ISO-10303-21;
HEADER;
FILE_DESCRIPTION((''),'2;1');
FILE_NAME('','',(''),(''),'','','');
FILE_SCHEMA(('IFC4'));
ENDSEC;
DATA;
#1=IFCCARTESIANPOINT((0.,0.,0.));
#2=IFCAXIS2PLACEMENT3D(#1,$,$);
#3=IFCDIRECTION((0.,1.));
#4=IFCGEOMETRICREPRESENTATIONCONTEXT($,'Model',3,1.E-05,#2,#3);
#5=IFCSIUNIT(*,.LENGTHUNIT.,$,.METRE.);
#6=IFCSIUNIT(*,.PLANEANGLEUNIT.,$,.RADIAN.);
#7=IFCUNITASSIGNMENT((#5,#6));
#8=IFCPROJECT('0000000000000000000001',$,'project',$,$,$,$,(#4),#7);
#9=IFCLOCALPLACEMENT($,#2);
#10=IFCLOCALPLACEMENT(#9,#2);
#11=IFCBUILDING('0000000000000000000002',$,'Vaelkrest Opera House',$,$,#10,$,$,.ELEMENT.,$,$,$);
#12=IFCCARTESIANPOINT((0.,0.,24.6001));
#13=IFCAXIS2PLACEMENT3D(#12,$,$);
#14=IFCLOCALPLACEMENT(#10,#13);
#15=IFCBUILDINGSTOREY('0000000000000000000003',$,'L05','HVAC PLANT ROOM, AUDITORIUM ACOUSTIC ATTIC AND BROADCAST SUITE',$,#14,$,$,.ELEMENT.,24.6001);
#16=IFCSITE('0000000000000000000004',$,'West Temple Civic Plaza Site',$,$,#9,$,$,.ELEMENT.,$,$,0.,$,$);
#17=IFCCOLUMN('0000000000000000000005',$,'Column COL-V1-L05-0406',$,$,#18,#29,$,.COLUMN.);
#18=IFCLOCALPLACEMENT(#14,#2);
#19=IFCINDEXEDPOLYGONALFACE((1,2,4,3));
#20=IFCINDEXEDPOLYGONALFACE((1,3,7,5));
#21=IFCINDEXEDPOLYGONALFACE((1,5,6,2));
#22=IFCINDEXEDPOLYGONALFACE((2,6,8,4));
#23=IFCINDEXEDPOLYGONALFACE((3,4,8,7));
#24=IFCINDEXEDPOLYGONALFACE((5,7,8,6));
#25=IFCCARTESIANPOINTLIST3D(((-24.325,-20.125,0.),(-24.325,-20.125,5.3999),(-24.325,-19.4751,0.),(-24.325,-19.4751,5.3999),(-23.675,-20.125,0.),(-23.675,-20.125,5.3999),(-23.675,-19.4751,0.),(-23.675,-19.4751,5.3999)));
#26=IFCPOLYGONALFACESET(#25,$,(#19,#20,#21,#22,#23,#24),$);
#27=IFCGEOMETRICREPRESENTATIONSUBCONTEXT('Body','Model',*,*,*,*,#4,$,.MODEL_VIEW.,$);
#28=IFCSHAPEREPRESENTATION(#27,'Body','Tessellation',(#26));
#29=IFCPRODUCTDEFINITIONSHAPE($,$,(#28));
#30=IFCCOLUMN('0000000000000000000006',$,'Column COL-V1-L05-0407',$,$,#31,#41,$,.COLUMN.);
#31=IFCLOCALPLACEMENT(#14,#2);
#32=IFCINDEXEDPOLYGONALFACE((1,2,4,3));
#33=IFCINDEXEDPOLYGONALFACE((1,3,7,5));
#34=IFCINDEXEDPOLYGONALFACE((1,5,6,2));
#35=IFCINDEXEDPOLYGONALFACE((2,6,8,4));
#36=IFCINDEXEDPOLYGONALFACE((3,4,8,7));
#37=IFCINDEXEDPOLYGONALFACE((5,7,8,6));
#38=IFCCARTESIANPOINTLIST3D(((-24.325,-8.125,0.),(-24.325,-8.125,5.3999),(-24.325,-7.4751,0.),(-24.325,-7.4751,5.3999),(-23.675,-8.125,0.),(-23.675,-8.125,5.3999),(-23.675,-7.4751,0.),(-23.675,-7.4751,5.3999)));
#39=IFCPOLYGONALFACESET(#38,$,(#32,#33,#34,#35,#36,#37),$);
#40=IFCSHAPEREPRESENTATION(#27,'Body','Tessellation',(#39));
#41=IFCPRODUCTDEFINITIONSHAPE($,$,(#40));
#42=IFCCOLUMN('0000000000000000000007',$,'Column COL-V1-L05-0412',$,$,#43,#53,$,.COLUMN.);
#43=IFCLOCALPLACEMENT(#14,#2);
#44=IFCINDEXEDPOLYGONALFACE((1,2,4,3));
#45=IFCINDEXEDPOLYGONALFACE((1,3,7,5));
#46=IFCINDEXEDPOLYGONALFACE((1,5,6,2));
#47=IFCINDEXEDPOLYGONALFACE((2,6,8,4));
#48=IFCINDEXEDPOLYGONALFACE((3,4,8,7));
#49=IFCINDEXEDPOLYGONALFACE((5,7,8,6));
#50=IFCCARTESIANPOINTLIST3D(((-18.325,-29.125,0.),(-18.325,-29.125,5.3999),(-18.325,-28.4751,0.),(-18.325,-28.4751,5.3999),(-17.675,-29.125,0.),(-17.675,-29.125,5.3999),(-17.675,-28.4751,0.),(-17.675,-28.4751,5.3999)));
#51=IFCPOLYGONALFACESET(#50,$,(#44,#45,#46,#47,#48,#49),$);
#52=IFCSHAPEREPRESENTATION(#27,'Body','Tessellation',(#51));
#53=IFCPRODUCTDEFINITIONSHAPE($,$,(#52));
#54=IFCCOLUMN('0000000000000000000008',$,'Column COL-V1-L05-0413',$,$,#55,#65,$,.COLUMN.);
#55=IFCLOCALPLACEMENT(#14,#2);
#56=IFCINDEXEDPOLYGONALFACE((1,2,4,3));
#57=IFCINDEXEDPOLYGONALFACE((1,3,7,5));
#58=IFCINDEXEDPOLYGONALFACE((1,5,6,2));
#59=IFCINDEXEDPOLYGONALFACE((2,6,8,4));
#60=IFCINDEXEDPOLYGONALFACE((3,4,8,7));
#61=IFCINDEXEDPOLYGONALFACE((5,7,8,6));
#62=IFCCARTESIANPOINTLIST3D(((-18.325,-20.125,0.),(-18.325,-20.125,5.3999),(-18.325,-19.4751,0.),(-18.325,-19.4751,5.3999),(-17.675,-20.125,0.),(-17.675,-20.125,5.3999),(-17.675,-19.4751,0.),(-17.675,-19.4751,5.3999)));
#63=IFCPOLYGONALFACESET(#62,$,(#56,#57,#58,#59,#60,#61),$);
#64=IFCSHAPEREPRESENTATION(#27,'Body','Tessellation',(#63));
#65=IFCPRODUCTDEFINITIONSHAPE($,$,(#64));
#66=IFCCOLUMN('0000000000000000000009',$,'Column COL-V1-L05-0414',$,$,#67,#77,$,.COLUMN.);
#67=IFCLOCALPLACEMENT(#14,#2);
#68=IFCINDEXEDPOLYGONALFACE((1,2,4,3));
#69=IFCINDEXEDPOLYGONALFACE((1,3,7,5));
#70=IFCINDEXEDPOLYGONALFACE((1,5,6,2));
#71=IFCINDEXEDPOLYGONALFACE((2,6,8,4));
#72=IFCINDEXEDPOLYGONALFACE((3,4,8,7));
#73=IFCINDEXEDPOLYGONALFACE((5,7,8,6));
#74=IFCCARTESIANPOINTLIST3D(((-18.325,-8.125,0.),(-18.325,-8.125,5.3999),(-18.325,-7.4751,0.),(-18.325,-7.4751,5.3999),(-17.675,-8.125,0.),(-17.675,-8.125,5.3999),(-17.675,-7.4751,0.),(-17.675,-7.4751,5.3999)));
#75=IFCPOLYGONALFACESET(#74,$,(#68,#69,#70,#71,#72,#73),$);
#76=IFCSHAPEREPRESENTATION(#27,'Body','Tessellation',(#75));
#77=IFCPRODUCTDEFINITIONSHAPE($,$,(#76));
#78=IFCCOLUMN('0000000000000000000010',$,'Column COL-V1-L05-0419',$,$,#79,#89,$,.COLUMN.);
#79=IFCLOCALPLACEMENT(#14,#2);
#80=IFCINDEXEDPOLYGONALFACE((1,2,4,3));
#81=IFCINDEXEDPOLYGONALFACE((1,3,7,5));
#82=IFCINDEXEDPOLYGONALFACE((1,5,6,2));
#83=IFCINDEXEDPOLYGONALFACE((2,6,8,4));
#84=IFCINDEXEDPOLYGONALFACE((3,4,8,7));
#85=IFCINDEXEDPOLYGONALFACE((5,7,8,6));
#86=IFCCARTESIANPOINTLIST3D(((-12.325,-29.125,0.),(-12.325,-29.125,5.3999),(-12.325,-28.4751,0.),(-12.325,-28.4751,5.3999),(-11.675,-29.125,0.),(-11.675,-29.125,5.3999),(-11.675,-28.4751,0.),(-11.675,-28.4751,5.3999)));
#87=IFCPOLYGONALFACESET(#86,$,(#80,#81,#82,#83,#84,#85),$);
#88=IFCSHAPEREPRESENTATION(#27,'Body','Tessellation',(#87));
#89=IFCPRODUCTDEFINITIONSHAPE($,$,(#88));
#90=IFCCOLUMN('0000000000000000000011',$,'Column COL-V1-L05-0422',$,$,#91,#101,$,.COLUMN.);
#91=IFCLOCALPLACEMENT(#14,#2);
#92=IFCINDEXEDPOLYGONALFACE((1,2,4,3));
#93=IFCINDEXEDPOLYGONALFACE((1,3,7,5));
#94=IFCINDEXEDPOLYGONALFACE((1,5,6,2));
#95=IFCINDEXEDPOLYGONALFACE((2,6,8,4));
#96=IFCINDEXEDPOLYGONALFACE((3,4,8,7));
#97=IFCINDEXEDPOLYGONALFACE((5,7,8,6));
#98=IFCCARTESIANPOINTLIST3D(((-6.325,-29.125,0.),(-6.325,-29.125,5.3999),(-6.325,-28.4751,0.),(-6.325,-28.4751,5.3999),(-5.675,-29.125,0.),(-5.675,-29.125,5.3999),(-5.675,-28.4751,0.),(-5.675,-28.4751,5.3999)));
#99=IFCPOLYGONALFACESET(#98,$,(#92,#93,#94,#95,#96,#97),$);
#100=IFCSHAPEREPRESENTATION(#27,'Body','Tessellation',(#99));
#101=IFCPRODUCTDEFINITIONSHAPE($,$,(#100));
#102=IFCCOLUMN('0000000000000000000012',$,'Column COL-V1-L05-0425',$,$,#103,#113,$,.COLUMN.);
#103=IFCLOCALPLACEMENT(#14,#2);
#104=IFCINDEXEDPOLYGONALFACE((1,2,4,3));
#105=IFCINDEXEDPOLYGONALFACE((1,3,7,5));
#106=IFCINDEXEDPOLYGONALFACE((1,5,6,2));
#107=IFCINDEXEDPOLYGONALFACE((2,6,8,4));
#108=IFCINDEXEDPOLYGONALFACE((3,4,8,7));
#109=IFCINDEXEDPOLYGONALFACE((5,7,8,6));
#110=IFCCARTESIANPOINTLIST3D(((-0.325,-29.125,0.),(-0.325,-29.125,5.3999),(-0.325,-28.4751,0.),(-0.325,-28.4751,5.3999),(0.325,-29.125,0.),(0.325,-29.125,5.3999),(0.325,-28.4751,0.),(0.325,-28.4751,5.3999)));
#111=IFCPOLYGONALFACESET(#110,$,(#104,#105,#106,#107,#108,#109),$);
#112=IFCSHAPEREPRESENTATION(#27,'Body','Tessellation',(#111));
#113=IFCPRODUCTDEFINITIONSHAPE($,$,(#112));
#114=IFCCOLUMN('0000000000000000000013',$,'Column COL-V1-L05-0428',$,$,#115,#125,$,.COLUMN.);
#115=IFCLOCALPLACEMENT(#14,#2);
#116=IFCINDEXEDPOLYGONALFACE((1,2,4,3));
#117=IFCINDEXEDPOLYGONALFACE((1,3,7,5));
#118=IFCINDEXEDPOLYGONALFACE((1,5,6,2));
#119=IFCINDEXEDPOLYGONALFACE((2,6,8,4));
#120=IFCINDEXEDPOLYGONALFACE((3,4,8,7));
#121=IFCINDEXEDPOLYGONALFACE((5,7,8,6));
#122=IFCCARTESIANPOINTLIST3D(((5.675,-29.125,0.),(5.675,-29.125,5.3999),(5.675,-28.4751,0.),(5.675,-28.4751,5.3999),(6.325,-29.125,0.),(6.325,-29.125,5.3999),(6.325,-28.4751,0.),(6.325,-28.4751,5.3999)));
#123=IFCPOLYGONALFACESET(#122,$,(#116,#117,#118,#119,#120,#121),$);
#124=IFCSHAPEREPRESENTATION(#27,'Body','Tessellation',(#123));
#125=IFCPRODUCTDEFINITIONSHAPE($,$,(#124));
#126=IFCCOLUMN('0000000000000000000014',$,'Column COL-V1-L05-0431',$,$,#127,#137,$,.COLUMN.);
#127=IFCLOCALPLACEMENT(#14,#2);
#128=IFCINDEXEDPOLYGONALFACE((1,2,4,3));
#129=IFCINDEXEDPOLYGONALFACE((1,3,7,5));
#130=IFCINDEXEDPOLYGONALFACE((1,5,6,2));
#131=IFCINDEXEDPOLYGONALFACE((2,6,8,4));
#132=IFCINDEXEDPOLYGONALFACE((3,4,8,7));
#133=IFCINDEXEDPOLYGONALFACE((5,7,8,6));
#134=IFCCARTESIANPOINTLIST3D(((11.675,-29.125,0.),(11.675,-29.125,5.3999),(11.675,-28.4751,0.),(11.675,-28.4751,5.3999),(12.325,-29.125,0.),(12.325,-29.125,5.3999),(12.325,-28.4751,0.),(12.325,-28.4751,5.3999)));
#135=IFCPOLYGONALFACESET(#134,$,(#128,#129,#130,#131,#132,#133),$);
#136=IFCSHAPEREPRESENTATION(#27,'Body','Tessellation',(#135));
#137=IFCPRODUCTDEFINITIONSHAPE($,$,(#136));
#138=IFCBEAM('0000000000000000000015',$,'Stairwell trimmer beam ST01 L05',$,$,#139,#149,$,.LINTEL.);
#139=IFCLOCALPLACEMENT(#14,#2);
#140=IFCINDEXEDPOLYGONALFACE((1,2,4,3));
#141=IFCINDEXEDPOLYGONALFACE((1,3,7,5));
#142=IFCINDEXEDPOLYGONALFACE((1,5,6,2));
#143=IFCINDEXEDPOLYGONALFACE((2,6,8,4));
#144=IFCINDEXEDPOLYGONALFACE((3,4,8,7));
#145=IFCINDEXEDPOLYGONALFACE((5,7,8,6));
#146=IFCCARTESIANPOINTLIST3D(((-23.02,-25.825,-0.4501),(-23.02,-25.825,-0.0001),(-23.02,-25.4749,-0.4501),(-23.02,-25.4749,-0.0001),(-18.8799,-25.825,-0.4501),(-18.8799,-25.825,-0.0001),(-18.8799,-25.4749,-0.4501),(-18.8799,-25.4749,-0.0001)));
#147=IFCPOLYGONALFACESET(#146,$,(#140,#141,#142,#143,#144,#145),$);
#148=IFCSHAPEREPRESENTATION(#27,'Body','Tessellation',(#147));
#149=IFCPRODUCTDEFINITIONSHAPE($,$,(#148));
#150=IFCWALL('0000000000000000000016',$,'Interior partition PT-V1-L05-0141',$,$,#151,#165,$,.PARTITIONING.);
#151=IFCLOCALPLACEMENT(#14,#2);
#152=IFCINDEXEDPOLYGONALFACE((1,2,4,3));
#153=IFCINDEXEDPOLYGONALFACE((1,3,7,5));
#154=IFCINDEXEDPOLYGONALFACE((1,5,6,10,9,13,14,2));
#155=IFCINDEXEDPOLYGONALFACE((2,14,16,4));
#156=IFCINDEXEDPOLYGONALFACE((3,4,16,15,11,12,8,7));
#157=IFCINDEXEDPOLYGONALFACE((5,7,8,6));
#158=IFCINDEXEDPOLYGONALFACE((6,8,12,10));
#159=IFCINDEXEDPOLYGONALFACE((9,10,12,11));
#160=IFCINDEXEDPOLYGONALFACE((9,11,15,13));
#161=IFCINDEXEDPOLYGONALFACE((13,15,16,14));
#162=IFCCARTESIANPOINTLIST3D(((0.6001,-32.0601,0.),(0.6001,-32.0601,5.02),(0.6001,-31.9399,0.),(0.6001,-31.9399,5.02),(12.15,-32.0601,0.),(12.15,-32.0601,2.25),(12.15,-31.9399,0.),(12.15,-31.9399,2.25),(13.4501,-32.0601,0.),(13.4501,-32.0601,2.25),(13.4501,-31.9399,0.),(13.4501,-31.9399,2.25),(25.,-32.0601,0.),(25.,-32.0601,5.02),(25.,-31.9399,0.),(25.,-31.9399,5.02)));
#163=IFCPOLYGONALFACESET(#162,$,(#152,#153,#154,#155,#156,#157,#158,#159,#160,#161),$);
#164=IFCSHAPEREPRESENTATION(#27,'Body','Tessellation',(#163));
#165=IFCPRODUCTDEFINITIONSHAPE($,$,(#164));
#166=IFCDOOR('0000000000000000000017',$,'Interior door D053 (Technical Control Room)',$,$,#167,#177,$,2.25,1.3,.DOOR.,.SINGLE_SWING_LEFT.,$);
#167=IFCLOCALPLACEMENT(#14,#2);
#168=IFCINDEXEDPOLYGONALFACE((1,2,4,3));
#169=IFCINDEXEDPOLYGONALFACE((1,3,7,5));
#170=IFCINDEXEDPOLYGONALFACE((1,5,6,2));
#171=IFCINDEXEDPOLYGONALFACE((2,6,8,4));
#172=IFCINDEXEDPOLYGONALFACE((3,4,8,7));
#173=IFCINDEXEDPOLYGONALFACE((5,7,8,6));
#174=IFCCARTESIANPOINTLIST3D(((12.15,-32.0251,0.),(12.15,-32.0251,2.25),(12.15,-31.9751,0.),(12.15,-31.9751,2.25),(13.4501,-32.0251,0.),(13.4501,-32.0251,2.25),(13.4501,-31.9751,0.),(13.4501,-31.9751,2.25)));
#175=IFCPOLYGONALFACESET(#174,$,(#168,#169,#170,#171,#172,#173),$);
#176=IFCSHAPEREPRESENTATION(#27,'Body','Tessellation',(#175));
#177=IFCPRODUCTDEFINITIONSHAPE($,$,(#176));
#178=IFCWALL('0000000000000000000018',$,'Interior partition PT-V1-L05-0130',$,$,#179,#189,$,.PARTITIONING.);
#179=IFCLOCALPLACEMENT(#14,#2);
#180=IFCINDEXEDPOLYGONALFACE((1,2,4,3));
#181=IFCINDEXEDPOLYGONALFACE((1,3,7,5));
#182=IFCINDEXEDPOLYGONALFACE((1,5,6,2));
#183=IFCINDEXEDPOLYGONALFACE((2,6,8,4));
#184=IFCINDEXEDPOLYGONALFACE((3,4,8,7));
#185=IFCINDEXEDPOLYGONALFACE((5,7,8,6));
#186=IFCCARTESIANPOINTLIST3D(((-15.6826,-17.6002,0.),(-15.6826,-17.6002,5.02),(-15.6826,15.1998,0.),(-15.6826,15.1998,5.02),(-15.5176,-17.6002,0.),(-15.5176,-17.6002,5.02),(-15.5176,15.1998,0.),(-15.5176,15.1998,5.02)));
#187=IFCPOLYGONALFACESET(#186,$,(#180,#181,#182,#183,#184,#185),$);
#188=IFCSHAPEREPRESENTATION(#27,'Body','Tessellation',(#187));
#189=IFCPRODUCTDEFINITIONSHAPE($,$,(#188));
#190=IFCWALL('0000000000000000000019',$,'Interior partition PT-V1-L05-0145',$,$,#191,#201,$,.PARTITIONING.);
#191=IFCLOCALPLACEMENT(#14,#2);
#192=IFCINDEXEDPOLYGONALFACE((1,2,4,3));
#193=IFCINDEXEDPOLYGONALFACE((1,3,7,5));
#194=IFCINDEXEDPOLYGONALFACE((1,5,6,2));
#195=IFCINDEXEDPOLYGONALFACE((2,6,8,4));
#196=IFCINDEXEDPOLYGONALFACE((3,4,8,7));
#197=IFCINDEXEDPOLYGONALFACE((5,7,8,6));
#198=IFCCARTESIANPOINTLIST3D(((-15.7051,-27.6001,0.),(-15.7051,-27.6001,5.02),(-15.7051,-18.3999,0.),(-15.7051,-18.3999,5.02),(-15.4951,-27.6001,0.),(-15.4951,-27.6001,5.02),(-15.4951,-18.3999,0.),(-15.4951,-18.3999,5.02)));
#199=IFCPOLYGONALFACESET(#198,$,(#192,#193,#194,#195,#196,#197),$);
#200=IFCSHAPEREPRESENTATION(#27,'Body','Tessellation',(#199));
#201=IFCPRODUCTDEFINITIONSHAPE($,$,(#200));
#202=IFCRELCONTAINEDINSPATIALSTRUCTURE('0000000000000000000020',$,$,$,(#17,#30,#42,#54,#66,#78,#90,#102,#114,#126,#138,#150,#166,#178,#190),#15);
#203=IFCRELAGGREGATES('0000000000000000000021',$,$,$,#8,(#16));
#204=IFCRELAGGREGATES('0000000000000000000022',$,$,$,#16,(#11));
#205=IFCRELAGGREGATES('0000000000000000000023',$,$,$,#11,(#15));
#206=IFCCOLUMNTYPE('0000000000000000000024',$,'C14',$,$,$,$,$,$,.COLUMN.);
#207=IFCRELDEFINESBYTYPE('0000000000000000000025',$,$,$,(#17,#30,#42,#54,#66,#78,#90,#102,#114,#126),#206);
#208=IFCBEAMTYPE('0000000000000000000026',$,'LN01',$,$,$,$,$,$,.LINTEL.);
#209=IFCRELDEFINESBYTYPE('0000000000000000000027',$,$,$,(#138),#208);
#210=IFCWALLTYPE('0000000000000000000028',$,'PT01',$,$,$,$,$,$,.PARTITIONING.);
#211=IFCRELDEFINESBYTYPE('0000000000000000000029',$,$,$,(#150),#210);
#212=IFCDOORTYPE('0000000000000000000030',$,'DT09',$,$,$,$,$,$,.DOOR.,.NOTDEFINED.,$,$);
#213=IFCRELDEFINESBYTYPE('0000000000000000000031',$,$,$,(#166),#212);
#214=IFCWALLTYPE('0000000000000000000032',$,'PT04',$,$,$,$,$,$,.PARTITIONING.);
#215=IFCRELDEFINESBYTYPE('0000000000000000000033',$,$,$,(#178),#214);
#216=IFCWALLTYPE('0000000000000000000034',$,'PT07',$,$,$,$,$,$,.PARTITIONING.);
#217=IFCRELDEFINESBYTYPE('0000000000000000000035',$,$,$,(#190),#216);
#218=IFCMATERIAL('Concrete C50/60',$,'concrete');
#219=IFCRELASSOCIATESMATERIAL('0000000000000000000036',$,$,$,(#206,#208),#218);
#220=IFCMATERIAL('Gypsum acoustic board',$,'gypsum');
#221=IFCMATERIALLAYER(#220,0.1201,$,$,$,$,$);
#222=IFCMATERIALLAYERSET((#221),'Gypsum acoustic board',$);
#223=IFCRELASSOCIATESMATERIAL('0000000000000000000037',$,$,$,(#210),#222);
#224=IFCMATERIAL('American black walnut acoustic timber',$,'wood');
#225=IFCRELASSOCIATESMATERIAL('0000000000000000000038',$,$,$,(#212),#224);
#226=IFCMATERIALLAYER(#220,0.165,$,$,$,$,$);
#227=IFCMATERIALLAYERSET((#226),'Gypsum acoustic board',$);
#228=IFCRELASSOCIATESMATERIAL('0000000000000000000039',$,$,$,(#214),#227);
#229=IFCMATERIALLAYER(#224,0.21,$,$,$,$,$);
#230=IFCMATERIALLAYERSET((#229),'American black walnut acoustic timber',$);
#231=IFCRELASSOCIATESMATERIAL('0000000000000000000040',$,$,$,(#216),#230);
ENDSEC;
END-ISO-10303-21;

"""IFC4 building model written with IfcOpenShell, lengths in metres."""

from ifc_helpers import new_model, si_unit, direction, frame, frame_2d, origin, origin_2d, place, context, subcontext, project, spatial, rectangle, extrude, material, layer, layer_set, material_profile, profile_set, type_object, element, fill, save


model = new_model("IFC4")

# Units and contexts
model_context = context("Model", 3, precision=1e-05, world=origin(), true_north=direction((0.0, 1.0)))
body_context = subcontext(model_context, "Body", "Model", "MODEL_VIEW")
ifc_project = project(units=[si_unit("LENGTHUNIT", "METRE"), si_unit("PLANEANGLEUNIT", "RADIAN")], contexts=[model_context])

# Site, building, storey
site_placement = place(None, origin())
site = spatial("IfcSite", under=ifc_project, at=site_placement, Name="West Temple Civic Plaza Site", CompositionType="ELEMENT", RefElevation=0.0)
building_placement = place(site_placement, origin())
building = spatial("IfcBuilding", under=site, at=building_placement, Name="Vaelkrest Opera House", CompositionType="ELEMENT")
storey_placement = place(building_placement, frame((0.0, 0.0, 24.6001)))
storey = spatial("IfcBuildingStorey", under=building, at=storey_placement, Name="L05", Description="HVAC PLANT ROOM, AUDITORIUM ACOUSTIC ATTIC AND BROADCAST SUITE", CompositionType="ELEMENT", Elevation=24.6001)

# Columns
ifc_material_1 = material(Name="Concrete C50/60", Category="concrete")
ifc_material_profile_1 = material_profile(ifc_material_1, rectangle(XDim=0.6499, YDim=0.6499, at=origin_2d()), Name="RC650X650")
ifc_profile_set_1 = profile_set([ifc_material_profile_1], Name="Concrete C50/60")
column_type = type_object("IfcColumnType", Name="C14", PredefinedType="COLUMN", material=ifc_profile_set_1)
for number, where, z_axis, x_axis, name in (
    (1, (-24.0, -19.8, 0.0), (0.0, 0.0, 1.0), (1.0, 0.0, 0.0), "Column COL-V1-L05-0406"),
    (2, (-24.0, -7.8, 0.0), (0.0, 0.0, 1.0), (1.0, 0.0, 0.0), "Column COL-V1-L05-0407"),
    (3, (-18.0, -28.8, 0.0), (0.0, 0.0, 1.0), (1.0, 0.0, 0.0), "Column COL-V1-L05-0412"),
    (4, (-18.0, -19.8, 0.0), (0.0, 0.0, 1.0), (1.0, 0.0, 0.0), "Column COL-V1-L05-0413"),
    (5, (-18.0, -7.8, 0.0), (0.0, 0.0, 1.0), (1.0, 0.0, 0.0), "Column COL-V1-L05-0414"),
    (6, (-12.0, -28.8, 0.0), (0.0, 0.0, 1.0), (1.0, 0.0, 0.0), "Column COL-V1-L05-0419"),
    (7, (-6.0, -28.8, 0.0), (0.0, 0.0, 1.0), (1.0, 0.0, 0.0), "Column COL-V1-L05-0422"),
    (8, (0.0, -28.8, 0.0), (0.0, 0.0, 1.0), (1.0, 0.0, 0.0), "Column COL-V1-L05-0425"),
    (9, (6.0, -28.8, 0.0), (0.0, 0.0, 1.0), (1.0, 0.0, 0.0), "Column COL-V1-L05-0428"),
    (10, (12.0, -28.8, 0.0), (0.0, 0.0, 1.0), (1.0, 0.0, 0.0), "Column COL-V1-L05-0431"),
):
    element("IfcColumn", number, at=place(storey_placement, frame(where, z_axis=z_axis, x_axis=x_axis)), inside=storey, type_object=column_type, Name=name, PredefinedType="COLUMN", context=body_context, shape_type="SweptSolid", body=[
        extrude(rectangle(XDim=0.6499, YDim=0.6499, at=origin_2d()), origin(), (0.0, 0.0, 1.0), 5.3999),
    ])

# Beam
ifc_material_profile_2 = material_profile(ifc_material_1, rectangle(XDim=0.3501, YDim=0.45, at=origin_2d()), Name="RCB350X450")
ifc_profile_set_2 = profile_set([ifc_material_profile_2], Name="Concrete C50/60")
beam_type = type_object("IfcBeamType", Name="LN01", PredefinedType="LINTEL", material=ifc_profile_set_2)
beam_placement = place(storey_placement, frame((-23.02, -25.6499, -0.2251), z_axis=(1.0, 0.0, 0.0), x_axis=(0.0, 1.0, 0.0)))
element("IfcBeam", 11, at=beam_placement, inside=storey, type_object=beam_type, Name="Stairwell trimmer beam ST01 L05", PredefinedType="LINTEL", context=body_context, shape_type="SweptSolid", body=[
    extrude(rectangle(XDim=0.3501, YDim=0.45, at=origin_2d()), origin(), (0.0, 0.0, 1.0), 4.1401),
])

# Wall, opening, door
ifc_material_2 = material(Name="Gypsum acoustic board", Category="gypsum")
ifc_layer_1 = layer(ifc_material_2, 0.1201)
ifc_layer_set_1 = layer_set([ifc_layer_1], Name="Gypsum acoustic board")
wall_type_1 = type_object("IfcWallType", Name="PT01", PredefinedType="PARTITIONING", material=ifc_layer_set_1)
wall_1_placement = place(storey_placement, frame((0.6001, -32.0, 0.0), z_axis=(0.0, 0.0, 1.0), x_axis=(1.0, 0.0, 0.0)))
wall_1 = element("IfcWall", 12, at=wall_1_placement, inside=storey, type_object=wall_type_1, Name="Interior partition PT-V1-L05-0141", PredefinedType="PARTITIONING", context=body_context, shape_type="SweptSolid", body=[
    extrude(rectangle(XDim=24.3999, YDim=0.1201, at=frame_2d((12.2, 0.0))), origin(), (0.0, 0.0, 1.0), 5.02),
])
opening_1_placement = place(wall_1_placement, frame((11.55, 0.0, 0.0)))
opening_1 = element("IfcOpeningElement", 13, at=opening_1_placement, cuts=wall_1, PredefinedType="OPENING", context=body_context, shape_type="SweptSolid", body=[
    extrude(rectangle(XDim=1.3, YDim=2.25, at=frame_2d((0.6499, 1.125))), frame((0.0, 0.0701, 0.0), z_axis=(0.0, -1.0, 0.0), x_axis=(1.0, 0.0, 0.0)), (0.0, 0.0, 1.0), 0.1401),
])
ifc_material_3 = material(Name="American black walnut acoustic timber", Category="wood")
door_type_1 = type_object("IfcDoorType", Name="DT09", OperationType="NOTDEFINED", PredefinedType="DOOR", material=ifc_material_3)
door_1_placement = place(opening_1_placement, origin())
door_1 = element("IfcDoor", 14, at=door_1_placement, inside=storey, type_object=door_type_1, Name="Interior door D053 (Technical Control Room)", OperationType="SINGLE_SWING_LEFT", OverallHeight=2.25, OverallWidth=1.3, PredefinedType="DOOR", context=body_context, shape_type="SweptSolid", body=[
    extrude(rectangle(XDim=1.3, YDim=2.25, at=frame_2d((0.6499, 1.125))), frame((0.0, 0.0249, 0.0), z_axis=(0.0, -1.0, 0.0), x_axis=(1.0, 0.0, 0.0)), (0.0, 0.0, 1.0), 0.05),
])
fill(opening_1, door_1)

# Walls
ifc_layer_2 = layer(ifc_material_2, 0.165)
ifc_layer_set_2 = layer_set([ifc_layer_2], Name="Gypsum acoustic board")
wall_type_2 = type_object("IfcWallType", Name="PT04", PredefinedType="PARTITIONING", material=ifc_layer_set_2)
wall_2_placement = place(storey_placement, frame((-15.6001, -17.6001, 0.0), z_axis=(0.0, 0.0, 1.0), x_axis=(0.0, 1.0, 0.0)))
element("IfcWall", 15, at=wall_2_placement, inside=storey, type_object=wall_type_2, Name="Interior partition PT-V1-L05-0130", PredefinedType="PARTITIONING", context=body_context, shape_type="SweptSolid", body=[
    extrude(rectangle(XDim=32.8, YDim=0.165, at=frame_2d((16.3999, 0.0))), origin(), (0.0, 0.0, 1.0), 5.02),
])
ifc_layer_3 = layer(ifc_material_3, 0.21)
ifc_layer_set_3 = layer_set([ifc_layer_3], Name="American black walnut acoustic timber")
wall_type_3 = type_object("IfcWallType", Name="PT07", PredefinedType="PARTITIONING", material=ifc_layer_set_3)
wall_3_placement = place(storey_placement, frame((-15.6001, -27.6001, 0.0), z_axis=(0.0, 0.0, 1.0), x_axis=(0.0, 1.0, 0.0)))
element("IfcWall", 16, at=wall_3_placement, inside=storey, type_object=wall_type_3, Name="Interior partition PT-V1-L05-0145", PredefinedType="PARTITIONING", context=body_context, shape_type="SweptSolid", body=[
    extrude(rectangle(XDim=9.2002, YDim=0.21, at=frame_2d((4.6001, 0.0))), origin(), (0.0, 0.0, 1.0), 5.02),
])

save(model, "model.ifc")
